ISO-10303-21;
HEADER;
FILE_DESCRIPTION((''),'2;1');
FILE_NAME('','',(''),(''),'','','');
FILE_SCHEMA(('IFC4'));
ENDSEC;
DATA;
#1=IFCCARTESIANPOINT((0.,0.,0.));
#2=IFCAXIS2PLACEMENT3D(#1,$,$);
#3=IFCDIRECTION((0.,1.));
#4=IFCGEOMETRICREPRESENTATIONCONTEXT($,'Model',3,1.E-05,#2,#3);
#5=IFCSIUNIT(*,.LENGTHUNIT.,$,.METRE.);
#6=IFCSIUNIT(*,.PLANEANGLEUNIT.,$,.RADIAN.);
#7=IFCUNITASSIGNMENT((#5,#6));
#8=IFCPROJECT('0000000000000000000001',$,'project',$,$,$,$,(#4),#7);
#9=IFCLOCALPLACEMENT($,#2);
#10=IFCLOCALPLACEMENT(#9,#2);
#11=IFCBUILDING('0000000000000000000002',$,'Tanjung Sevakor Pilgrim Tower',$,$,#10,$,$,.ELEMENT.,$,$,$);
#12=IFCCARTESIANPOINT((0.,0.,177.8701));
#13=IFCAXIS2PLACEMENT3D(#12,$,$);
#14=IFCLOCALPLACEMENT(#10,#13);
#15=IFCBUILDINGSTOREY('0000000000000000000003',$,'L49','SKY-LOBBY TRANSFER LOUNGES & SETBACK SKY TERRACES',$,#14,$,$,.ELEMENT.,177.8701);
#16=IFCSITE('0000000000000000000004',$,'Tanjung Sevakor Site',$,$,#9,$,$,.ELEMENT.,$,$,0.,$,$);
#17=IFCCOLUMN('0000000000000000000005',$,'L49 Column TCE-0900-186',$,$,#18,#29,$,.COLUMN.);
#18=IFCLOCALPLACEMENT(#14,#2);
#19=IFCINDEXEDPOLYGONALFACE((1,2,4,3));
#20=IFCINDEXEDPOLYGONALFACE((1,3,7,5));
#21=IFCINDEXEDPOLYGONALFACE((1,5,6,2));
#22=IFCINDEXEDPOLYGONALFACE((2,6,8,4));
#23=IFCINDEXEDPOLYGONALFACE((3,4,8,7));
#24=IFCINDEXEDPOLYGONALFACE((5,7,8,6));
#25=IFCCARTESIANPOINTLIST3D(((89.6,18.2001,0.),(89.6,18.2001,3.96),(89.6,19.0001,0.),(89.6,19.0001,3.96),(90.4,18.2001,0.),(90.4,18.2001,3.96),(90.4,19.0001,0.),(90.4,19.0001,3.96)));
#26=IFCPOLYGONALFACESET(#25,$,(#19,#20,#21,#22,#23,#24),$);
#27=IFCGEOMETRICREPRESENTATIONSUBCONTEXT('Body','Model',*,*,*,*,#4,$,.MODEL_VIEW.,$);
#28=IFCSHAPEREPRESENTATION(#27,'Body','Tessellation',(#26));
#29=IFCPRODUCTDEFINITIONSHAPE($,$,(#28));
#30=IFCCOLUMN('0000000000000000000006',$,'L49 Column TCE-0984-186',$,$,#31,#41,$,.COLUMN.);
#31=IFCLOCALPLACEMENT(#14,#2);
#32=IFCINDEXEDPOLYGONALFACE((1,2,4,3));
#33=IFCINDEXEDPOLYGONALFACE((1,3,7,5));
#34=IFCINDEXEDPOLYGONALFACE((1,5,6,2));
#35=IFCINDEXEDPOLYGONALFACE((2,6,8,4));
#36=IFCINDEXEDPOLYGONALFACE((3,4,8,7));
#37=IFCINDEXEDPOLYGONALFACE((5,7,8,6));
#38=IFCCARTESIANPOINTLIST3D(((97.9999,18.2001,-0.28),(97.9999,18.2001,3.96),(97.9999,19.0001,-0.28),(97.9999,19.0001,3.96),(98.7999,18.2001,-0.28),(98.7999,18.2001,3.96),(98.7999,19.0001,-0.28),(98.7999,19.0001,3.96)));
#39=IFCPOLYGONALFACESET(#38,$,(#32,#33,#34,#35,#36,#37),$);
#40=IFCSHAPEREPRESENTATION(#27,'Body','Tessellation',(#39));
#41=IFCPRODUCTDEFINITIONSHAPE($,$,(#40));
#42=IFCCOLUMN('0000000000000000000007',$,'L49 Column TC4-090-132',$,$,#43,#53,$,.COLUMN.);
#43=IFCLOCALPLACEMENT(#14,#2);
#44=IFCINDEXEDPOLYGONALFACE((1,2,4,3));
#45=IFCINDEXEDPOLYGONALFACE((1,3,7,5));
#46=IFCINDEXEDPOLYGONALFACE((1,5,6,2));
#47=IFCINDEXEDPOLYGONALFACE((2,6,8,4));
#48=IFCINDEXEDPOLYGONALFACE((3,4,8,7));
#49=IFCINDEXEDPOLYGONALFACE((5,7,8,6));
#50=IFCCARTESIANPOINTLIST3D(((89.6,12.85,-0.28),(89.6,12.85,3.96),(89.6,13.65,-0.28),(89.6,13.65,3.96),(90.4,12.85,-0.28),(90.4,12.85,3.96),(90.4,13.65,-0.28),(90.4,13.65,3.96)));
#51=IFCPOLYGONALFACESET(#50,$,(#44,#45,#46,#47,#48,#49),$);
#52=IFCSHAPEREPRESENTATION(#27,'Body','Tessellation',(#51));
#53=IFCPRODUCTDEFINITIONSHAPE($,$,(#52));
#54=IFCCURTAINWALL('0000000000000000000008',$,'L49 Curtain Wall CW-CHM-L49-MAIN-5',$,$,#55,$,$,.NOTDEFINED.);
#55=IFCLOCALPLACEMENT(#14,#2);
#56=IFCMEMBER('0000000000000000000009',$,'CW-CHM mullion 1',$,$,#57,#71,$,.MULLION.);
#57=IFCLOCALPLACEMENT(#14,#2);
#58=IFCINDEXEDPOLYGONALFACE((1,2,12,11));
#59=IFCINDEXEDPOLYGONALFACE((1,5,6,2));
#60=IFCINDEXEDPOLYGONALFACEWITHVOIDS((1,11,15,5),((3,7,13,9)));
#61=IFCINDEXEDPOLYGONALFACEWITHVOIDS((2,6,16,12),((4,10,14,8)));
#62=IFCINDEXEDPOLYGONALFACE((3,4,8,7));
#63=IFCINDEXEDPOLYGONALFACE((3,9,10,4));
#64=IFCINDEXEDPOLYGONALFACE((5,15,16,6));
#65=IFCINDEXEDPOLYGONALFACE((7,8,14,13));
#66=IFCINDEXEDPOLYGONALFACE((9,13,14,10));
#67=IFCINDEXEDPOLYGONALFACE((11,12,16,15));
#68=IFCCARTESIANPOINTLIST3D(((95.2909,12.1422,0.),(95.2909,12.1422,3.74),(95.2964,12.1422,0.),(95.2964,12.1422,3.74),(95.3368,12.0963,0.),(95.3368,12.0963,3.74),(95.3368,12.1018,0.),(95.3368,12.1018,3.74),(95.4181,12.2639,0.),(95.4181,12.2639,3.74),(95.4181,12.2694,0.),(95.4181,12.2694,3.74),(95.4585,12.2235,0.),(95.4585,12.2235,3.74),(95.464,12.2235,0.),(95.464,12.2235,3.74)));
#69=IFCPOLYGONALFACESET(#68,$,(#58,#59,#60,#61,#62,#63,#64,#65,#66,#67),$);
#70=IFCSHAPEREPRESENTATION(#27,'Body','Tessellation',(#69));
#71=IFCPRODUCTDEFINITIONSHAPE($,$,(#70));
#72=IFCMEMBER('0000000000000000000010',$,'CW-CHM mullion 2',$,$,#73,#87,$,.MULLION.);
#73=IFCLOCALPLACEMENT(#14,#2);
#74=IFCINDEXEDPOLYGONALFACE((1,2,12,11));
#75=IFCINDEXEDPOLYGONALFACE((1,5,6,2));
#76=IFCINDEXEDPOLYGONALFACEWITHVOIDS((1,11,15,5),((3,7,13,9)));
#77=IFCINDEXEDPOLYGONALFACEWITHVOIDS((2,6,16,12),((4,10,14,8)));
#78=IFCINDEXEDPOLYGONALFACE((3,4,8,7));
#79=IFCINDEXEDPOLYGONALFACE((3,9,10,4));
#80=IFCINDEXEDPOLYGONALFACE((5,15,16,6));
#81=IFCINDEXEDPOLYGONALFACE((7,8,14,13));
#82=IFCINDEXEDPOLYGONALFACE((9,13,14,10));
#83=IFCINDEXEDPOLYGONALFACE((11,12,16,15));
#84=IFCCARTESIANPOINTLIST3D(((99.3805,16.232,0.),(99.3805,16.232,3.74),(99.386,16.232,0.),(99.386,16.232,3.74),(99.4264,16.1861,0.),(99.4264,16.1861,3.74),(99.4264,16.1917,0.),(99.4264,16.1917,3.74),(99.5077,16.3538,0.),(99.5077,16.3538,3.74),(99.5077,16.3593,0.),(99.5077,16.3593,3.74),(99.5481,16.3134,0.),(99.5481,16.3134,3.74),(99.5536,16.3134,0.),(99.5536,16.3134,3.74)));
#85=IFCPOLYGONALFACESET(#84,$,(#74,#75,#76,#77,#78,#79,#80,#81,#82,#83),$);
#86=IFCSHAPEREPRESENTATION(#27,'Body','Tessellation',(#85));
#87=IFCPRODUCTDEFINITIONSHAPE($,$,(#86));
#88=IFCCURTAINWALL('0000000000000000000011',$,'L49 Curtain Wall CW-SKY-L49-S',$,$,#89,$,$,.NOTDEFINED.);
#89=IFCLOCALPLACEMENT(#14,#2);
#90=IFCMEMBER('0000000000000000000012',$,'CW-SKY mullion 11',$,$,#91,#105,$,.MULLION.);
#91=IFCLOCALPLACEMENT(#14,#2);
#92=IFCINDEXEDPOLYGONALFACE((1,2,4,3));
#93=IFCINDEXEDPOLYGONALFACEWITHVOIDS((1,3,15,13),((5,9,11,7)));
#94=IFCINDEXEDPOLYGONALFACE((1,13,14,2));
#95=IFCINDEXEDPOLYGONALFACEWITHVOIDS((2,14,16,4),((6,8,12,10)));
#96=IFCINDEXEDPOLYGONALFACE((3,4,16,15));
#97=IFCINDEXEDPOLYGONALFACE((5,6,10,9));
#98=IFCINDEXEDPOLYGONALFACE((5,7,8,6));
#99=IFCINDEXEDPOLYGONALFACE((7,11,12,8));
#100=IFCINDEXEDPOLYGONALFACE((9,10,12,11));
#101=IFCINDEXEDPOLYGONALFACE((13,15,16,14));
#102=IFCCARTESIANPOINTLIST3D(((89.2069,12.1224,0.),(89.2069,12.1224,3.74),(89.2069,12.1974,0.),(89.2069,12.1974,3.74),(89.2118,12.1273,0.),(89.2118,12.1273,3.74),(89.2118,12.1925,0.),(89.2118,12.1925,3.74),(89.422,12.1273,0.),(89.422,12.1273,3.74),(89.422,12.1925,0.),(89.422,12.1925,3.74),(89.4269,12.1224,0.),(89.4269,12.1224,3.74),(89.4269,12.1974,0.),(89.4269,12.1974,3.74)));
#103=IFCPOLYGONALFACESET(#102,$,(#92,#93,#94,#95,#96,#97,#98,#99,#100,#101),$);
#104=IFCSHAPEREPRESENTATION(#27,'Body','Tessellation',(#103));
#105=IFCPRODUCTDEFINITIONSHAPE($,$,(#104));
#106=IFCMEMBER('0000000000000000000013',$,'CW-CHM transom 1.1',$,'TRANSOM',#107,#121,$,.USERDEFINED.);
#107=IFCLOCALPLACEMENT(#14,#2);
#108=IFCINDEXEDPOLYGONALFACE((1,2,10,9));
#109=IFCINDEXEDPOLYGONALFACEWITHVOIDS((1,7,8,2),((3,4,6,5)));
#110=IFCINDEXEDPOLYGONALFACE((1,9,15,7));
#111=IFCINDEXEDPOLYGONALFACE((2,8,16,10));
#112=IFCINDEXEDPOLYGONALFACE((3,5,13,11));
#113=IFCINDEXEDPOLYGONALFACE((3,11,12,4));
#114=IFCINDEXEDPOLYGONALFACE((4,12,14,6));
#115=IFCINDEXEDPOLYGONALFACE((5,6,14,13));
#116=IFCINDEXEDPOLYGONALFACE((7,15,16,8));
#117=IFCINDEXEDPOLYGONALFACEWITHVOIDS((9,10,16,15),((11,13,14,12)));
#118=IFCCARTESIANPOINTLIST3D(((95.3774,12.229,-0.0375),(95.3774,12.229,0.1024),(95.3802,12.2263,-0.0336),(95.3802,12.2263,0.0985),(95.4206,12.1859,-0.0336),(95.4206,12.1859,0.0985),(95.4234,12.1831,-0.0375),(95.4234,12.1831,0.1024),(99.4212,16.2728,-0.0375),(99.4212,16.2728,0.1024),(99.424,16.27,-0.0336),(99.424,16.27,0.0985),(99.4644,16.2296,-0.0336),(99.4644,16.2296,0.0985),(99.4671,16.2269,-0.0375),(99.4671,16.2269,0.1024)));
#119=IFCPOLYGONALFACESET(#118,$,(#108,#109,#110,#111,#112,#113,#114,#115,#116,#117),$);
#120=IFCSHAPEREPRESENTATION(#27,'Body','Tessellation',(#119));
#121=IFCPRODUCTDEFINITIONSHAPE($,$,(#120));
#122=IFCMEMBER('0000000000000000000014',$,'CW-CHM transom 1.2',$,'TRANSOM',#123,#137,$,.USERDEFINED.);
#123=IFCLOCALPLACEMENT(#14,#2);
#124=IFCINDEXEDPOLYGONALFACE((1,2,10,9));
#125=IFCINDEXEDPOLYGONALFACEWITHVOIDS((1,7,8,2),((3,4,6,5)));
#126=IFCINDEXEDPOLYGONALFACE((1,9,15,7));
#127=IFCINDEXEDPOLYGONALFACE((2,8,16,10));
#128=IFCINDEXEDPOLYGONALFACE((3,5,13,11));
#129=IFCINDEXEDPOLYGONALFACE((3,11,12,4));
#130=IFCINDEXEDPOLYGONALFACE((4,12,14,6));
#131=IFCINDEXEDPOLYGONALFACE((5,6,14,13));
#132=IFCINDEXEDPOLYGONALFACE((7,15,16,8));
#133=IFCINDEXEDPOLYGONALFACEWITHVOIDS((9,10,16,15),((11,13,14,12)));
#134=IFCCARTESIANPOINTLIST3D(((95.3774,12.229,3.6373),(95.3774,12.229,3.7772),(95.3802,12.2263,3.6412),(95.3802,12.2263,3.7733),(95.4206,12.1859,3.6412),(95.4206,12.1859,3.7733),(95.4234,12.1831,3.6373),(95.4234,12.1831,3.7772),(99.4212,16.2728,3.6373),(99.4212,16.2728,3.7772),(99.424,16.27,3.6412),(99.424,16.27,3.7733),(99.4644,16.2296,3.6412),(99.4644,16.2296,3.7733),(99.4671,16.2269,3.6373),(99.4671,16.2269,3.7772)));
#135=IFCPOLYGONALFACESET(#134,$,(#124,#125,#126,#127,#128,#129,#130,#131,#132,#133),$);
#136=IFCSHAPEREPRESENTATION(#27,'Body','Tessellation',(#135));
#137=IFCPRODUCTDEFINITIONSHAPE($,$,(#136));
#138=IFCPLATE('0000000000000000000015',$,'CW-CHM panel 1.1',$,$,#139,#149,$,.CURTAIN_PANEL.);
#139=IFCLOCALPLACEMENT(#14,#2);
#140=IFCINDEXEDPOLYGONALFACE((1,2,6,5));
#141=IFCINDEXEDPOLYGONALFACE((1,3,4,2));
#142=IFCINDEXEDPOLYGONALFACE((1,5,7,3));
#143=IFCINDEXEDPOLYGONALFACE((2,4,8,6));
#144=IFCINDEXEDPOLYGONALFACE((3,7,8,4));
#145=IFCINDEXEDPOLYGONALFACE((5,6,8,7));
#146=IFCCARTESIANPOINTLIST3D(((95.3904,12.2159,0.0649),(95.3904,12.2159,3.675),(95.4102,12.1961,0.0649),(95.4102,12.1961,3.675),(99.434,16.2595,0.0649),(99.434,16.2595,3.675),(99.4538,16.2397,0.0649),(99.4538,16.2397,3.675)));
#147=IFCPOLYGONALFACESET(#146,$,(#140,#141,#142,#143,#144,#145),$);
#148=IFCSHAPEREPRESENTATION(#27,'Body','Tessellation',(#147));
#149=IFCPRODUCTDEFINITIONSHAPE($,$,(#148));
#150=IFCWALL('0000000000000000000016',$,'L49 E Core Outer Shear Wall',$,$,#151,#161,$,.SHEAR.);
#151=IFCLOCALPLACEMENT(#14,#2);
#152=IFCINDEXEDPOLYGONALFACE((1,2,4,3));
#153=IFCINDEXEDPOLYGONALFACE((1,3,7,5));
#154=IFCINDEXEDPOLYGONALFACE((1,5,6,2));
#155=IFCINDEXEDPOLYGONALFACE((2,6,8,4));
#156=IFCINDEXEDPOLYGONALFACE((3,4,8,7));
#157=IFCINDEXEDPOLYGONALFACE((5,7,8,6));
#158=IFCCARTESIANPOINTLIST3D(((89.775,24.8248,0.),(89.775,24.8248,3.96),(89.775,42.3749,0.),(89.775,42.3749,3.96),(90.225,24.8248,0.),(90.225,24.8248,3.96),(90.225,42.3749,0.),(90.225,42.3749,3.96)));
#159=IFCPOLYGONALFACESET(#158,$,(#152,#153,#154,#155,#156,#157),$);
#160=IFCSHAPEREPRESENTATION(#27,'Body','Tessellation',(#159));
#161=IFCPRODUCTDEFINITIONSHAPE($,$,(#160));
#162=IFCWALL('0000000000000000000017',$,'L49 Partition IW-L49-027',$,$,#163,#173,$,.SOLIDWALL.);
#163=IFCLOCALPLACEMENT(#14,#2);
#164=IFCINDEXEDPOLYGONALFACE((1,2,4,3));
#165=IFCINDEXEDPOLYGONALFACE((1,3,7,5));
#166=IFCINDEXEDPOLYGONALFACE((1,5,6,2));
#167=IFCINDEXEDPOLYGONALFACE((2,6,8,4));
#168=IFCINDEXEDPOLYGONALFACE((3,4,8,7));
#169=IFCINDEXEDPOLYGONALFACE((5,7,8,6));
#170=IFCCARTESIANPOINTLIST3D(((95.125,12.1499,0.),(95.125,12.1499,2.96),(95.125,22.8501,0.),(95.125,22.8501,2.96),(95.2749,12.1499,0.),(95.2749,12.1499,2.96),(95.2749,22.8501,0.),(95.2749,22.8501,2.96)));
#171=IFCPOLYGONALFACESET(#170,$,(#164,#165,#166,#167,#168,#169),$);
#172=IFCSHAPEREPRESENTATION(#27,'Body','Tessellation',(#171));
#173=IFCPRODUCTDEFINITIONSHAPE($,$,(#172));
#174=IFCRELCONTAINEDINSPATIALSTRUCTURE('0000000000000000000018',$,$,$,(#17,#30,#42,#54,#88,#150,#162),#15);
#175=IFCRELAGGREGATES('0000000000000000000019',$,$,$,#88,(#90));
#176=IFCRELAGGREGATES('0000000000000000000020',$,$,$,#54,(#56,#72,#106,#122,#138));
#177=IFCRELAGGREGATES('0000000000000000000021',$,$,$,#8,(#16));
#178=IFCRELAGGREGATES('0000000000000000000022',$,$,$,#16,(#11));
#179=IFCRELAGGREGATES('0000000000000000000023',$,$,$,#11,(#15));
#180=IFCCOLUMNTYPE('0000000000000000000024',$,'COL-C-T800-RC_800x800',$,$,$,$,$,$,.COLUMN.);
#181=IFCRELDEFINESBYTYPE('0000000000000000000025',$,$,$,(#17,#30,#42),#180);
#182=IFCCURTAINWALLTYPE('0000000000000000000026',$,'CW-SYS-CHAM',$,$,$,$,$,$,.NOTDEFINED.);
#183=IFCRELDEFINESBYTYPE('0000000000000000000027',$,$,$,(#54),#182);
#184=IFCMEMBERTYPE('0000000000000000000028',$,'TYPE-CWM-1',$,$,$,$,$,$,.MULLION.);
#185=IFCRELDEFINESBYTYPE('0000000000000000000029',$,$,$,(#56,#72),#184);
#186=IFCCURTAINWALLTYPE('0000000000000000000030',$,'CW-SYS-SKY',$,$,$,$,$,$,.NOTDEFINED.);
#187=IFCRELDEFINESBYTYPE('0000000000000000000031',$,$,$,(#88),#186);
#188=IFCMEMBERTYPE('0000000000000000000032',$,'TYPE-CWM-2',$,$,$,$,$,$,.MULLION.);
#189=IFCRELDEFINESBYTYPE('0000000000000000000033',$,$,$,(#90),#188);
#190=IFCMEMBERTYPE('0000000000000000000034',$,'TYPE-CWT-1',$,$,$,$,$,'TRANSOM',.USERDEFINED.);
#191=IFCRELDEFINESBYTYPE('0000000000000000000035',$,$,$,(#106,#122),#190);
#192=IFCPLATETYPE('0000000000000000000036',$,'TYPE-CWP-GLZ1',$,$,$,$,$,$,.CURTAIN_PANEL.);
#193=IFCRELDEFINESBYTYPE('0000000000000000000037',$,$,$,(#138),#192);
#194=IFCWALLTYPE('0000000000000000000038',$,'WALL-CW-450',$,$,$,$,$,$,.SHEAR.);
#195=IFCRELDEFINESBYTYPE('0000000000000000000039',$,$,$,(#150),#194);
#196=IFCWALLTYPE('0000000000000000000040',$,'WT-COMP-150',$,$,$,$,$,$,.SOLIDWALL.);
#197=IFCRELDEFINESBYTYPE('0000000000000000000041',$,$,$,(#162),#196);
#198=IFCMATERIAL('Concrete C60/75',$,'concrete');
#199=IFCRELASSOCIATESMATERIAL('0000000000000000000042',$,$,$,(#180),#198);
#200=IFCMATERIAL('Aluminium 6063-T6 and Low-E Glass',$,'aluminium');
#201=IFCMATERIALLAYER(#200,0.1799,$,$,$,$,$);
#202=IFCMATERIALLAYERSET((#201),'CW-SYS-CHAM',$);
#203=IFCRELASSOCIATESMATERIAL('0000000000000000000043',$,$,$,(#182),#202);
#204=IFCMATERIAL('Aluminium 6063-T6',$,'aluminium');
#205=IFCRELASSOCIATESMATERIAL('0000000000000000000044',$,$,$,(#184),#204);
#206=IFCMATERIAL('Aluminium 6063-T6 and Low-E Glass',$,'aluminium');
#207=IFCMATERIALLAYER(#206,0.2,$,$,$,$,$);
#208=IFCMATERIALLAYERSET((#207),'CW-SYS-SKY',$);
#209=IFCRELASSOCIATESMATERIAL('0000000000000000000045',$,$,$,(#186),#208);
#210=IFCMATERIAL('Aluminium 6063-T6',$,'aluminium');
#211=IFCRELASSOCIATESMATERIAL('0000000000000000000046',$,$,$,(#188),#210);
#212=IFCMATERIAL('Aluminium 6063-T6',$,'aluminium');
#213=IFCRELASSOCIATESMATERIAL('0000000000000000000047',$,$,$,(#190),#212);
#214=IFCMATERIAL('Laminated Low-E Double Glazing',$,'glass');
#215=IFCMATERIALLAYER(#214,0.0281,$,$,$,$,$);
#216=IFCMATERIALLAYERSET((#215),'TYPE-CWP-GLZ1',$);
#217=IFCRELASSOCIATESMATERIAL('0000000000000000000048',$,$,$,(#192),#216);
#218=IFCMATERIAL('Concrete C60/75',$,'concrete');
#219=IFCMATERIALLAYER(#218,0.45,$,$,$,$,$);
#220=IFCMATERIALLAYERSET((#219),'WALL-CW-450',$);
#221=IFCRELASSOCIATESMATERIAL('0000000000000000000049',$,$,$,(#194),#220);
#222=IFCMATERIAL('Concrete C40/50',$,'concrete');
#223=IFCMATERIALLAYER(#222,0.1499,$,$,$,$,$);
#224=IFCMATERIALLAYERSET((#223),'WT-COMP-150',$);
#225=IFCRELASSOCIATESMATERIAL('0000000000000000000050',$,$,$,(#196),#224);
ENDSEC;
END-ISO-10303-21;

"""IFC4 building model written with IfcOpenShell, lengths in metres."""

from ifc_helpers import new_model, si_unit, direction, frame, frame_2d, origin, origin_2d, place, context, subcontext, project, spatial, rectangle, hollow_rectangle, extrude, material, layer, layer_set, material_profile, profile_set, type_object, element, aggregate, save


model = new_model("IFC4")

# Units and contexts
model_context = context("Model", 3, precision=1e-05, world=origin(), true_north=direction((0.0, 1.0)))
body_context = subcontext(model_context, "Body", "Model", "MODEL_VIEW")
ifc_project = project(units=[si_unit("LENGTHUNIT", "METRE"), si_unit("PLANEANGLEUNIT", "RADIAN")], contexts=[model_context])

# Site, building, storey
site_placement = place(None, origin())
site = spatial("IfcSite", under=ifc_project, at=site_placement, Name="Tanjung Sevakor Site", CompositionType="ELEMENT", RefElevation=0.0)
building_placement = place(site_placement, origin())
building = spatial("IfcBuilding", under=site, at=building_placement, Name="Tanjung Sevakor Pilgrim Tower", CompositionType="ELEMENT")
storey_placement = place(building_placement, frame((0.0, 0.0, 177.8701)))
storey = spatial("IfcBuildingStorey", under=building, at=storey_placement, Name="L49", Description="SKY-LOBBY TRANSFER LOUNGES & SETBACK SKY TERRACES", CompositionType="ELEMENT", Elevation=177.8701)

# Columns
ifc_material_1 = material(Name="Concrete C60/75", Category="concrete")
ifc_material_profile_1 = material_profile(ifc_material_1, rectangle(XDim=0.8, YDim=0.8, at=origin_2d()))
ifc_profile_set_1 = profile_set([ifc_material_profile_1], Name="Concrete C60/75")
column_type = type_object("IfcColumnType", Name="COL-C-T800-RC_800x800", PredefinedType="COLUMN", material=ifc_profile_set_1)
column_placement = place(storey_placement, frame((90.0, 18.6001, 0.0), z_axis=(0.0, 0.0, 1.0), x_axis=(1.0, 0.0, 0.0)))
element("IfcColumn", 1, at=column_placement, inside=storey, type_object=column_type, Name="L49 Column TCE-0900-186", PredefinedType="COLUMN", context=body_context, shape_type="SweptSolid", body=[
    extrude(rectangle(XDim=0.8, YDim=0.8, at=origin_2d()), origin(), (0.0, 0.0, 1.0), 3.96),
])
for number, where, z_axis, x_axis, name in (
    (2, (98.3999, 18.6001, -0.28), (0.0, 0.0, 1.0), (1.0, 0.0, 0.0), "L49 Column TCE-0984-186"),
    (3, (90.0, 13.25, -0.28), (0.0, 0.0, 1.0), (1.0, 0.0, 0.0), "L49 Column TC4-090-132"),
):
    element("IfcColumn", number, at=place(storey_placement, frame(where, z_axis=z_axis, x_axis=x_axis)), inside=storey, type_object=column_type, Name=name, PredefinedType="COLUMN", context=body_context, shape_type="SweptSolid", body=[
        extrude(rectangle(XDim=0.8, YDim=0.8, at=origin_2d()), origin(), (0.0, 0.0, 1.0), 4.24),
    ])

# Curtain wall, members
ifc_material_2 = material(Name="Aluminium 6063-T6 and Low-E Glass", Category="aluminium")
ifc_layer_1 = layer(ifc_material_2, 0.1799)
ifc_layer_set_1 = layer_set([ifc_layer_1], Name="CW-SYS-CHAM")
curtain_wall_type_1 = type_object("IfcCurtainWallType", Name="CW-SYS-CHAM", PredefinedType="NOTDEFINED", material=ifc_layer_set_1)
curtain_wall_1_placement = place(storey_placement, origin())
curtain_wall_1 = element("IfcCurtainWall", 4, at=curtain_wall_1_placement, inside=storey, type_object=curtain_wall_type_1, Name="L49 Curtain Wall CW-CHM-L49-MAIN-5", PredefinedType="NOTDEFINED")
ifc_material_3 = material(Name="Aluminium 6063-T6", Category="aluminium")
ifc_material_profile_2 = material_profile(ifc_material_3, hollow_rectangle(XDim=0.0649, YDim=0.1799, WallThickness=0.0039, at=origin_2d()))
ifc_profile_set_2 = profile_set([ifc_material_profile_2], Name="Aluminium 6063-T6")
member_type_1 = type_object("IfcMemberType", Name="TYPE-CWM-1", PredefinedType="MULLION", material=ifc_profile_set_2)
member_1_placement = place(storey_placement, frame((95.3774, 12.1829, 0.0), z_axis=(0.0, 0.0, 1.0), x_axis=(-0.707107, 0.707107, 0.0)))
member_1 = element("IfcMember", 5, at=member_1_placement, type_object=member_type_1, Name="CW-CHM mullion 1", PredefinedType="MULLION", context=body_context, shape_type="SweptSolid", body=[
    extrude(hollow_rectangle(XDim=0.0649, YDim=0.1799, WallThickness=0.0039, at=origin_2d()), origin(), (0.0, 0.0, 1.0), 3.74),
])
member_2_placement = place(storey_placement, frame((99.467, 16.2727, 0.0), z_axis=(0.0, 0.0, 1.0), x_axis=(-0.707107, 0.707107, 0.0)))
member_2 = element("IfcMember", 6, at=member_2_placement, type_object=member_type_1, Name="CW-CHM mullion 2", PredefinedType="MULLION", context=body_context, shape_type="SweptSolid", body=[
    extrude(hollow_rectangle(XDim=0.0649, YDim=0.1799, WallThickness=0.0039, at=origin_2d()), origin(), (0.0, 0.0, 1.0), 3.74),
])

# Curtain wall, member
ifc_material_4 = material(Name="Aluminium 6063-T6 and Low-E Glass", Category="aluminium")
ifc_layer_2 = layer(ifc_material_4, 0.2)
ifc_layer_set_2 = layer_set([ifc_layer_2], Name="CW-SYS-SKY")
curtain_wall_type_2 = type_object("IfcCurtainWallType", Name="CW-SYS-SKY", PredefinedType="NOTDEFINED", material=ifc_layer_set_2)
curtain_wall_2_placement = place(storey_placement, origin())
curtain_wall_2 = element("IfcCurtainWall", 7, at=curtain_wall_2_placement, inside=storey, type_object=curtain_wall_type_2, Name="L49 Curtain Wall CW-SKY-L49-S", PredefinedType="NOTDEFINED")
ifc_material_5 = material(Name="Aluminium 6063-T6", Category="aluminium")
ifc_material_profile_3 = material_profile(ifc_material_5, hollow_rectangle(XDim=0.075, YDim=0.22, WallThickness=0.0049, at=origin_2d()))
ifc_profile_set_3 = profile_set([ifc_material_profile_3], Name="Aluminium 6063-T6")
member_type_2 = type_object("IfcMemberType", Name="TYPE-CWM-2", PredefinedType="MULLION", material=ifc_profile_set_3)
member_3_placement = place(storey_placement, frame((89.3169, 12.1599, 0.0), z_axis=(0.0, 0.0, 1.0), x_axis=(0.0, 1.0, 0.0)))
member_3 = element("IfcMember", 8, at=member_3_placement, type_object=member_type_2, Name="CW-SKY mullion 11", PredefinedType="MULLION", context=body_context, shape_type="SweptSolid", body=[
    extrude(hollow_rectangle(XDim=0.075, YDim=0.22, WallThickness=0.0049, at=origin_2d()), origin(), (0.0, 0.0, 1.0), 3.74),
])
aggregate(curtain_wall_2, [member_3])

# Members
ifc_material_6 = material(Name="Aluminium 6063-T6", Category="aluminium")
ifc_material_profile_4 = material_profile(ifc_material_6, hollow_rectangle(XDim=0.0649, YDim=0.1399, WallThickness=0.0039, at=origin_2d()))
ifc_profile_set_4 = profile_set([ifc_material_profile_4], Name="Aluminium 6063-T6")
member_type_3 = type_object("IfcMemberType", Name="TYPE-CWT-1", ElementType="TRANSOM", PredefinedType="USERDEFINED", material=ifc_profile_set_4)
member_4_placement = place(storey_placement, frame((95.4004, 12.2061, 0.0325), z_axis=(0.707107, 0.707107, 0.0), x_axis=(-0.707107, 0.707107, 0.0)))
member_4 = element("IfcMember", 9, at=member_4_placement, type_object=member_type_3, Name="CW-CHM transom 1.1", ObjectType="TRANSOM", PredefinedType="USERDEFINED", context=body_context, shape_type="SweptSolid", body=[
    extrude(hollow_rectangle(XDim=0.0649, YDim=0.1399, WallThickness=0.0039, at=origin_2d()), origin(), (0.0, 0.0, 1.0), 5.7188),
])
member_5_placement = place(storey_placement, frame((95.4004, 12.2061, 3.7073), z_axis=(0.707107, 0.707107, 0.0), x_axis=(-0.707107, 0.707107, 0.0)))
member_5 = element("IfcMember", 10, at=member_5_placement, type_object=member_type_3, Name="CW-CHM transom 1.2", ObjectType="TRANSOM", PredefinedType="USERDEFINED", context=body_context, shape_type="SweptSolid", body=[
    extrude(hollow_rectangle(XDim=0.0649, YDim=0.1399, WallThickness=0.0039, at=origin_2d()), origin(), (0.0, 0.0, 1.0), 5.7188),
])

# Plate
ifc_material_7 = material(Name="Laminated Low-E Double Glazing", Category="glass")
ifc_layer_3 = layer(ifc_material_7, 0.0281)
ifc_layer_set_3 = layer_set([ifc_layer_3], Name="TYPE-CWP-GLZ1")
plate_type = type_object("IfcPlateType", Name="TYPE-CWP-GLZ1", PredefinedType="CURTAIN_PANEL", material=ifc_layer_set_3)
plate_placement = place(storey_placement, frame((97.4221, 14.2278, 0.0649), z_axis=(0.0, 0.0, 1.0), x_axis=(0.707107, 0.707107, 0.0)))
plate = element("IfcPlate", 11, at=plate_placement, type_object=plate_type, Name="CW-CHM panel 1.1", PredefinedType="CURTAIN_PANEL", context=body_context, shape_type="SweptSolid", body=[
    extrude(rectangle(XDim=5.7185, YDim=0.0281, at=origin_2d()), origin(), (0.0, 0.0, 1.0), 3.6101),
])
aggregate(curtain_wall_1, [member_1, member_2, member_4, member_5, plate])

# Walls
ifc_material_8 = material(Name="Concrete C60/75", Category="concrete")
ifc_layer_4 = layer(ifc_material_8, 0.45)
ifc_layer_set_4 = layer_set([ifc_layer_4], Name="WALL-CW-450")
wall_type_1 = type_object("IfcWallType", Name="WALL-CW-450", PredefinedType="SHEAR", material=ifc_layer_set_4)
wall_1_placement = place(storey_placement, frame((90.0, 24.825, 0.0), z_axis=(0.0, 0.0, 1.0), x_axis=(0.0, 1.0, 0.0)))
element("IfcWall", 12, at=wall_1_placement, inside=storey, type_object=wall_type_1, Name="L49 E Core Outer Shear Wall", PredefinedType="SHEAR", context=body_context, shape_type="SweptSolid", body=[
    extrude(rectangle(XDim=17.55, YDim=0.45, at=frame_2d((8.7749, 0.0))), origin(), (0.0, 0.0, 1.0), 3.96),
])
ifc_material_9 = material(Name="Concrete C40/50", Category="concrete")
ifc_layer_5 = layer(ifc_material_9, 0.1499)
ifc_layer_set_5 = layer_set([ifc_layer_5], Name="WT-COMP-150")
wall_type_2 = type_object("IfcWallType", Name="WT-COMP-150", PredefinedType="SOLIDWALL", material=ifc_layer_set_5)
wall_2_placement = place(storey_placement, frame((95.2, 12.1499, 0.0), z_axis=(0.0, 0.0, 1.0), x_axis=(0.0, 1.0, 0.0)))
element("IfcWall", 13, at=wall_2_placement, inside=storey, type_object=wall_type_2, Name="L49 Partition IW-L49-027", PredefinedType="SOLIDWALL", context=body_context, shape_type="SweptSolid", body=[
    extrude(rectangle(XDim=10.7002, YDim=0.1499, at=frame_2d((5.3501, 0.0))), origin(), (0.0, 0.0, 1.0), 2.96),
])

save(model, "model.ifc")
